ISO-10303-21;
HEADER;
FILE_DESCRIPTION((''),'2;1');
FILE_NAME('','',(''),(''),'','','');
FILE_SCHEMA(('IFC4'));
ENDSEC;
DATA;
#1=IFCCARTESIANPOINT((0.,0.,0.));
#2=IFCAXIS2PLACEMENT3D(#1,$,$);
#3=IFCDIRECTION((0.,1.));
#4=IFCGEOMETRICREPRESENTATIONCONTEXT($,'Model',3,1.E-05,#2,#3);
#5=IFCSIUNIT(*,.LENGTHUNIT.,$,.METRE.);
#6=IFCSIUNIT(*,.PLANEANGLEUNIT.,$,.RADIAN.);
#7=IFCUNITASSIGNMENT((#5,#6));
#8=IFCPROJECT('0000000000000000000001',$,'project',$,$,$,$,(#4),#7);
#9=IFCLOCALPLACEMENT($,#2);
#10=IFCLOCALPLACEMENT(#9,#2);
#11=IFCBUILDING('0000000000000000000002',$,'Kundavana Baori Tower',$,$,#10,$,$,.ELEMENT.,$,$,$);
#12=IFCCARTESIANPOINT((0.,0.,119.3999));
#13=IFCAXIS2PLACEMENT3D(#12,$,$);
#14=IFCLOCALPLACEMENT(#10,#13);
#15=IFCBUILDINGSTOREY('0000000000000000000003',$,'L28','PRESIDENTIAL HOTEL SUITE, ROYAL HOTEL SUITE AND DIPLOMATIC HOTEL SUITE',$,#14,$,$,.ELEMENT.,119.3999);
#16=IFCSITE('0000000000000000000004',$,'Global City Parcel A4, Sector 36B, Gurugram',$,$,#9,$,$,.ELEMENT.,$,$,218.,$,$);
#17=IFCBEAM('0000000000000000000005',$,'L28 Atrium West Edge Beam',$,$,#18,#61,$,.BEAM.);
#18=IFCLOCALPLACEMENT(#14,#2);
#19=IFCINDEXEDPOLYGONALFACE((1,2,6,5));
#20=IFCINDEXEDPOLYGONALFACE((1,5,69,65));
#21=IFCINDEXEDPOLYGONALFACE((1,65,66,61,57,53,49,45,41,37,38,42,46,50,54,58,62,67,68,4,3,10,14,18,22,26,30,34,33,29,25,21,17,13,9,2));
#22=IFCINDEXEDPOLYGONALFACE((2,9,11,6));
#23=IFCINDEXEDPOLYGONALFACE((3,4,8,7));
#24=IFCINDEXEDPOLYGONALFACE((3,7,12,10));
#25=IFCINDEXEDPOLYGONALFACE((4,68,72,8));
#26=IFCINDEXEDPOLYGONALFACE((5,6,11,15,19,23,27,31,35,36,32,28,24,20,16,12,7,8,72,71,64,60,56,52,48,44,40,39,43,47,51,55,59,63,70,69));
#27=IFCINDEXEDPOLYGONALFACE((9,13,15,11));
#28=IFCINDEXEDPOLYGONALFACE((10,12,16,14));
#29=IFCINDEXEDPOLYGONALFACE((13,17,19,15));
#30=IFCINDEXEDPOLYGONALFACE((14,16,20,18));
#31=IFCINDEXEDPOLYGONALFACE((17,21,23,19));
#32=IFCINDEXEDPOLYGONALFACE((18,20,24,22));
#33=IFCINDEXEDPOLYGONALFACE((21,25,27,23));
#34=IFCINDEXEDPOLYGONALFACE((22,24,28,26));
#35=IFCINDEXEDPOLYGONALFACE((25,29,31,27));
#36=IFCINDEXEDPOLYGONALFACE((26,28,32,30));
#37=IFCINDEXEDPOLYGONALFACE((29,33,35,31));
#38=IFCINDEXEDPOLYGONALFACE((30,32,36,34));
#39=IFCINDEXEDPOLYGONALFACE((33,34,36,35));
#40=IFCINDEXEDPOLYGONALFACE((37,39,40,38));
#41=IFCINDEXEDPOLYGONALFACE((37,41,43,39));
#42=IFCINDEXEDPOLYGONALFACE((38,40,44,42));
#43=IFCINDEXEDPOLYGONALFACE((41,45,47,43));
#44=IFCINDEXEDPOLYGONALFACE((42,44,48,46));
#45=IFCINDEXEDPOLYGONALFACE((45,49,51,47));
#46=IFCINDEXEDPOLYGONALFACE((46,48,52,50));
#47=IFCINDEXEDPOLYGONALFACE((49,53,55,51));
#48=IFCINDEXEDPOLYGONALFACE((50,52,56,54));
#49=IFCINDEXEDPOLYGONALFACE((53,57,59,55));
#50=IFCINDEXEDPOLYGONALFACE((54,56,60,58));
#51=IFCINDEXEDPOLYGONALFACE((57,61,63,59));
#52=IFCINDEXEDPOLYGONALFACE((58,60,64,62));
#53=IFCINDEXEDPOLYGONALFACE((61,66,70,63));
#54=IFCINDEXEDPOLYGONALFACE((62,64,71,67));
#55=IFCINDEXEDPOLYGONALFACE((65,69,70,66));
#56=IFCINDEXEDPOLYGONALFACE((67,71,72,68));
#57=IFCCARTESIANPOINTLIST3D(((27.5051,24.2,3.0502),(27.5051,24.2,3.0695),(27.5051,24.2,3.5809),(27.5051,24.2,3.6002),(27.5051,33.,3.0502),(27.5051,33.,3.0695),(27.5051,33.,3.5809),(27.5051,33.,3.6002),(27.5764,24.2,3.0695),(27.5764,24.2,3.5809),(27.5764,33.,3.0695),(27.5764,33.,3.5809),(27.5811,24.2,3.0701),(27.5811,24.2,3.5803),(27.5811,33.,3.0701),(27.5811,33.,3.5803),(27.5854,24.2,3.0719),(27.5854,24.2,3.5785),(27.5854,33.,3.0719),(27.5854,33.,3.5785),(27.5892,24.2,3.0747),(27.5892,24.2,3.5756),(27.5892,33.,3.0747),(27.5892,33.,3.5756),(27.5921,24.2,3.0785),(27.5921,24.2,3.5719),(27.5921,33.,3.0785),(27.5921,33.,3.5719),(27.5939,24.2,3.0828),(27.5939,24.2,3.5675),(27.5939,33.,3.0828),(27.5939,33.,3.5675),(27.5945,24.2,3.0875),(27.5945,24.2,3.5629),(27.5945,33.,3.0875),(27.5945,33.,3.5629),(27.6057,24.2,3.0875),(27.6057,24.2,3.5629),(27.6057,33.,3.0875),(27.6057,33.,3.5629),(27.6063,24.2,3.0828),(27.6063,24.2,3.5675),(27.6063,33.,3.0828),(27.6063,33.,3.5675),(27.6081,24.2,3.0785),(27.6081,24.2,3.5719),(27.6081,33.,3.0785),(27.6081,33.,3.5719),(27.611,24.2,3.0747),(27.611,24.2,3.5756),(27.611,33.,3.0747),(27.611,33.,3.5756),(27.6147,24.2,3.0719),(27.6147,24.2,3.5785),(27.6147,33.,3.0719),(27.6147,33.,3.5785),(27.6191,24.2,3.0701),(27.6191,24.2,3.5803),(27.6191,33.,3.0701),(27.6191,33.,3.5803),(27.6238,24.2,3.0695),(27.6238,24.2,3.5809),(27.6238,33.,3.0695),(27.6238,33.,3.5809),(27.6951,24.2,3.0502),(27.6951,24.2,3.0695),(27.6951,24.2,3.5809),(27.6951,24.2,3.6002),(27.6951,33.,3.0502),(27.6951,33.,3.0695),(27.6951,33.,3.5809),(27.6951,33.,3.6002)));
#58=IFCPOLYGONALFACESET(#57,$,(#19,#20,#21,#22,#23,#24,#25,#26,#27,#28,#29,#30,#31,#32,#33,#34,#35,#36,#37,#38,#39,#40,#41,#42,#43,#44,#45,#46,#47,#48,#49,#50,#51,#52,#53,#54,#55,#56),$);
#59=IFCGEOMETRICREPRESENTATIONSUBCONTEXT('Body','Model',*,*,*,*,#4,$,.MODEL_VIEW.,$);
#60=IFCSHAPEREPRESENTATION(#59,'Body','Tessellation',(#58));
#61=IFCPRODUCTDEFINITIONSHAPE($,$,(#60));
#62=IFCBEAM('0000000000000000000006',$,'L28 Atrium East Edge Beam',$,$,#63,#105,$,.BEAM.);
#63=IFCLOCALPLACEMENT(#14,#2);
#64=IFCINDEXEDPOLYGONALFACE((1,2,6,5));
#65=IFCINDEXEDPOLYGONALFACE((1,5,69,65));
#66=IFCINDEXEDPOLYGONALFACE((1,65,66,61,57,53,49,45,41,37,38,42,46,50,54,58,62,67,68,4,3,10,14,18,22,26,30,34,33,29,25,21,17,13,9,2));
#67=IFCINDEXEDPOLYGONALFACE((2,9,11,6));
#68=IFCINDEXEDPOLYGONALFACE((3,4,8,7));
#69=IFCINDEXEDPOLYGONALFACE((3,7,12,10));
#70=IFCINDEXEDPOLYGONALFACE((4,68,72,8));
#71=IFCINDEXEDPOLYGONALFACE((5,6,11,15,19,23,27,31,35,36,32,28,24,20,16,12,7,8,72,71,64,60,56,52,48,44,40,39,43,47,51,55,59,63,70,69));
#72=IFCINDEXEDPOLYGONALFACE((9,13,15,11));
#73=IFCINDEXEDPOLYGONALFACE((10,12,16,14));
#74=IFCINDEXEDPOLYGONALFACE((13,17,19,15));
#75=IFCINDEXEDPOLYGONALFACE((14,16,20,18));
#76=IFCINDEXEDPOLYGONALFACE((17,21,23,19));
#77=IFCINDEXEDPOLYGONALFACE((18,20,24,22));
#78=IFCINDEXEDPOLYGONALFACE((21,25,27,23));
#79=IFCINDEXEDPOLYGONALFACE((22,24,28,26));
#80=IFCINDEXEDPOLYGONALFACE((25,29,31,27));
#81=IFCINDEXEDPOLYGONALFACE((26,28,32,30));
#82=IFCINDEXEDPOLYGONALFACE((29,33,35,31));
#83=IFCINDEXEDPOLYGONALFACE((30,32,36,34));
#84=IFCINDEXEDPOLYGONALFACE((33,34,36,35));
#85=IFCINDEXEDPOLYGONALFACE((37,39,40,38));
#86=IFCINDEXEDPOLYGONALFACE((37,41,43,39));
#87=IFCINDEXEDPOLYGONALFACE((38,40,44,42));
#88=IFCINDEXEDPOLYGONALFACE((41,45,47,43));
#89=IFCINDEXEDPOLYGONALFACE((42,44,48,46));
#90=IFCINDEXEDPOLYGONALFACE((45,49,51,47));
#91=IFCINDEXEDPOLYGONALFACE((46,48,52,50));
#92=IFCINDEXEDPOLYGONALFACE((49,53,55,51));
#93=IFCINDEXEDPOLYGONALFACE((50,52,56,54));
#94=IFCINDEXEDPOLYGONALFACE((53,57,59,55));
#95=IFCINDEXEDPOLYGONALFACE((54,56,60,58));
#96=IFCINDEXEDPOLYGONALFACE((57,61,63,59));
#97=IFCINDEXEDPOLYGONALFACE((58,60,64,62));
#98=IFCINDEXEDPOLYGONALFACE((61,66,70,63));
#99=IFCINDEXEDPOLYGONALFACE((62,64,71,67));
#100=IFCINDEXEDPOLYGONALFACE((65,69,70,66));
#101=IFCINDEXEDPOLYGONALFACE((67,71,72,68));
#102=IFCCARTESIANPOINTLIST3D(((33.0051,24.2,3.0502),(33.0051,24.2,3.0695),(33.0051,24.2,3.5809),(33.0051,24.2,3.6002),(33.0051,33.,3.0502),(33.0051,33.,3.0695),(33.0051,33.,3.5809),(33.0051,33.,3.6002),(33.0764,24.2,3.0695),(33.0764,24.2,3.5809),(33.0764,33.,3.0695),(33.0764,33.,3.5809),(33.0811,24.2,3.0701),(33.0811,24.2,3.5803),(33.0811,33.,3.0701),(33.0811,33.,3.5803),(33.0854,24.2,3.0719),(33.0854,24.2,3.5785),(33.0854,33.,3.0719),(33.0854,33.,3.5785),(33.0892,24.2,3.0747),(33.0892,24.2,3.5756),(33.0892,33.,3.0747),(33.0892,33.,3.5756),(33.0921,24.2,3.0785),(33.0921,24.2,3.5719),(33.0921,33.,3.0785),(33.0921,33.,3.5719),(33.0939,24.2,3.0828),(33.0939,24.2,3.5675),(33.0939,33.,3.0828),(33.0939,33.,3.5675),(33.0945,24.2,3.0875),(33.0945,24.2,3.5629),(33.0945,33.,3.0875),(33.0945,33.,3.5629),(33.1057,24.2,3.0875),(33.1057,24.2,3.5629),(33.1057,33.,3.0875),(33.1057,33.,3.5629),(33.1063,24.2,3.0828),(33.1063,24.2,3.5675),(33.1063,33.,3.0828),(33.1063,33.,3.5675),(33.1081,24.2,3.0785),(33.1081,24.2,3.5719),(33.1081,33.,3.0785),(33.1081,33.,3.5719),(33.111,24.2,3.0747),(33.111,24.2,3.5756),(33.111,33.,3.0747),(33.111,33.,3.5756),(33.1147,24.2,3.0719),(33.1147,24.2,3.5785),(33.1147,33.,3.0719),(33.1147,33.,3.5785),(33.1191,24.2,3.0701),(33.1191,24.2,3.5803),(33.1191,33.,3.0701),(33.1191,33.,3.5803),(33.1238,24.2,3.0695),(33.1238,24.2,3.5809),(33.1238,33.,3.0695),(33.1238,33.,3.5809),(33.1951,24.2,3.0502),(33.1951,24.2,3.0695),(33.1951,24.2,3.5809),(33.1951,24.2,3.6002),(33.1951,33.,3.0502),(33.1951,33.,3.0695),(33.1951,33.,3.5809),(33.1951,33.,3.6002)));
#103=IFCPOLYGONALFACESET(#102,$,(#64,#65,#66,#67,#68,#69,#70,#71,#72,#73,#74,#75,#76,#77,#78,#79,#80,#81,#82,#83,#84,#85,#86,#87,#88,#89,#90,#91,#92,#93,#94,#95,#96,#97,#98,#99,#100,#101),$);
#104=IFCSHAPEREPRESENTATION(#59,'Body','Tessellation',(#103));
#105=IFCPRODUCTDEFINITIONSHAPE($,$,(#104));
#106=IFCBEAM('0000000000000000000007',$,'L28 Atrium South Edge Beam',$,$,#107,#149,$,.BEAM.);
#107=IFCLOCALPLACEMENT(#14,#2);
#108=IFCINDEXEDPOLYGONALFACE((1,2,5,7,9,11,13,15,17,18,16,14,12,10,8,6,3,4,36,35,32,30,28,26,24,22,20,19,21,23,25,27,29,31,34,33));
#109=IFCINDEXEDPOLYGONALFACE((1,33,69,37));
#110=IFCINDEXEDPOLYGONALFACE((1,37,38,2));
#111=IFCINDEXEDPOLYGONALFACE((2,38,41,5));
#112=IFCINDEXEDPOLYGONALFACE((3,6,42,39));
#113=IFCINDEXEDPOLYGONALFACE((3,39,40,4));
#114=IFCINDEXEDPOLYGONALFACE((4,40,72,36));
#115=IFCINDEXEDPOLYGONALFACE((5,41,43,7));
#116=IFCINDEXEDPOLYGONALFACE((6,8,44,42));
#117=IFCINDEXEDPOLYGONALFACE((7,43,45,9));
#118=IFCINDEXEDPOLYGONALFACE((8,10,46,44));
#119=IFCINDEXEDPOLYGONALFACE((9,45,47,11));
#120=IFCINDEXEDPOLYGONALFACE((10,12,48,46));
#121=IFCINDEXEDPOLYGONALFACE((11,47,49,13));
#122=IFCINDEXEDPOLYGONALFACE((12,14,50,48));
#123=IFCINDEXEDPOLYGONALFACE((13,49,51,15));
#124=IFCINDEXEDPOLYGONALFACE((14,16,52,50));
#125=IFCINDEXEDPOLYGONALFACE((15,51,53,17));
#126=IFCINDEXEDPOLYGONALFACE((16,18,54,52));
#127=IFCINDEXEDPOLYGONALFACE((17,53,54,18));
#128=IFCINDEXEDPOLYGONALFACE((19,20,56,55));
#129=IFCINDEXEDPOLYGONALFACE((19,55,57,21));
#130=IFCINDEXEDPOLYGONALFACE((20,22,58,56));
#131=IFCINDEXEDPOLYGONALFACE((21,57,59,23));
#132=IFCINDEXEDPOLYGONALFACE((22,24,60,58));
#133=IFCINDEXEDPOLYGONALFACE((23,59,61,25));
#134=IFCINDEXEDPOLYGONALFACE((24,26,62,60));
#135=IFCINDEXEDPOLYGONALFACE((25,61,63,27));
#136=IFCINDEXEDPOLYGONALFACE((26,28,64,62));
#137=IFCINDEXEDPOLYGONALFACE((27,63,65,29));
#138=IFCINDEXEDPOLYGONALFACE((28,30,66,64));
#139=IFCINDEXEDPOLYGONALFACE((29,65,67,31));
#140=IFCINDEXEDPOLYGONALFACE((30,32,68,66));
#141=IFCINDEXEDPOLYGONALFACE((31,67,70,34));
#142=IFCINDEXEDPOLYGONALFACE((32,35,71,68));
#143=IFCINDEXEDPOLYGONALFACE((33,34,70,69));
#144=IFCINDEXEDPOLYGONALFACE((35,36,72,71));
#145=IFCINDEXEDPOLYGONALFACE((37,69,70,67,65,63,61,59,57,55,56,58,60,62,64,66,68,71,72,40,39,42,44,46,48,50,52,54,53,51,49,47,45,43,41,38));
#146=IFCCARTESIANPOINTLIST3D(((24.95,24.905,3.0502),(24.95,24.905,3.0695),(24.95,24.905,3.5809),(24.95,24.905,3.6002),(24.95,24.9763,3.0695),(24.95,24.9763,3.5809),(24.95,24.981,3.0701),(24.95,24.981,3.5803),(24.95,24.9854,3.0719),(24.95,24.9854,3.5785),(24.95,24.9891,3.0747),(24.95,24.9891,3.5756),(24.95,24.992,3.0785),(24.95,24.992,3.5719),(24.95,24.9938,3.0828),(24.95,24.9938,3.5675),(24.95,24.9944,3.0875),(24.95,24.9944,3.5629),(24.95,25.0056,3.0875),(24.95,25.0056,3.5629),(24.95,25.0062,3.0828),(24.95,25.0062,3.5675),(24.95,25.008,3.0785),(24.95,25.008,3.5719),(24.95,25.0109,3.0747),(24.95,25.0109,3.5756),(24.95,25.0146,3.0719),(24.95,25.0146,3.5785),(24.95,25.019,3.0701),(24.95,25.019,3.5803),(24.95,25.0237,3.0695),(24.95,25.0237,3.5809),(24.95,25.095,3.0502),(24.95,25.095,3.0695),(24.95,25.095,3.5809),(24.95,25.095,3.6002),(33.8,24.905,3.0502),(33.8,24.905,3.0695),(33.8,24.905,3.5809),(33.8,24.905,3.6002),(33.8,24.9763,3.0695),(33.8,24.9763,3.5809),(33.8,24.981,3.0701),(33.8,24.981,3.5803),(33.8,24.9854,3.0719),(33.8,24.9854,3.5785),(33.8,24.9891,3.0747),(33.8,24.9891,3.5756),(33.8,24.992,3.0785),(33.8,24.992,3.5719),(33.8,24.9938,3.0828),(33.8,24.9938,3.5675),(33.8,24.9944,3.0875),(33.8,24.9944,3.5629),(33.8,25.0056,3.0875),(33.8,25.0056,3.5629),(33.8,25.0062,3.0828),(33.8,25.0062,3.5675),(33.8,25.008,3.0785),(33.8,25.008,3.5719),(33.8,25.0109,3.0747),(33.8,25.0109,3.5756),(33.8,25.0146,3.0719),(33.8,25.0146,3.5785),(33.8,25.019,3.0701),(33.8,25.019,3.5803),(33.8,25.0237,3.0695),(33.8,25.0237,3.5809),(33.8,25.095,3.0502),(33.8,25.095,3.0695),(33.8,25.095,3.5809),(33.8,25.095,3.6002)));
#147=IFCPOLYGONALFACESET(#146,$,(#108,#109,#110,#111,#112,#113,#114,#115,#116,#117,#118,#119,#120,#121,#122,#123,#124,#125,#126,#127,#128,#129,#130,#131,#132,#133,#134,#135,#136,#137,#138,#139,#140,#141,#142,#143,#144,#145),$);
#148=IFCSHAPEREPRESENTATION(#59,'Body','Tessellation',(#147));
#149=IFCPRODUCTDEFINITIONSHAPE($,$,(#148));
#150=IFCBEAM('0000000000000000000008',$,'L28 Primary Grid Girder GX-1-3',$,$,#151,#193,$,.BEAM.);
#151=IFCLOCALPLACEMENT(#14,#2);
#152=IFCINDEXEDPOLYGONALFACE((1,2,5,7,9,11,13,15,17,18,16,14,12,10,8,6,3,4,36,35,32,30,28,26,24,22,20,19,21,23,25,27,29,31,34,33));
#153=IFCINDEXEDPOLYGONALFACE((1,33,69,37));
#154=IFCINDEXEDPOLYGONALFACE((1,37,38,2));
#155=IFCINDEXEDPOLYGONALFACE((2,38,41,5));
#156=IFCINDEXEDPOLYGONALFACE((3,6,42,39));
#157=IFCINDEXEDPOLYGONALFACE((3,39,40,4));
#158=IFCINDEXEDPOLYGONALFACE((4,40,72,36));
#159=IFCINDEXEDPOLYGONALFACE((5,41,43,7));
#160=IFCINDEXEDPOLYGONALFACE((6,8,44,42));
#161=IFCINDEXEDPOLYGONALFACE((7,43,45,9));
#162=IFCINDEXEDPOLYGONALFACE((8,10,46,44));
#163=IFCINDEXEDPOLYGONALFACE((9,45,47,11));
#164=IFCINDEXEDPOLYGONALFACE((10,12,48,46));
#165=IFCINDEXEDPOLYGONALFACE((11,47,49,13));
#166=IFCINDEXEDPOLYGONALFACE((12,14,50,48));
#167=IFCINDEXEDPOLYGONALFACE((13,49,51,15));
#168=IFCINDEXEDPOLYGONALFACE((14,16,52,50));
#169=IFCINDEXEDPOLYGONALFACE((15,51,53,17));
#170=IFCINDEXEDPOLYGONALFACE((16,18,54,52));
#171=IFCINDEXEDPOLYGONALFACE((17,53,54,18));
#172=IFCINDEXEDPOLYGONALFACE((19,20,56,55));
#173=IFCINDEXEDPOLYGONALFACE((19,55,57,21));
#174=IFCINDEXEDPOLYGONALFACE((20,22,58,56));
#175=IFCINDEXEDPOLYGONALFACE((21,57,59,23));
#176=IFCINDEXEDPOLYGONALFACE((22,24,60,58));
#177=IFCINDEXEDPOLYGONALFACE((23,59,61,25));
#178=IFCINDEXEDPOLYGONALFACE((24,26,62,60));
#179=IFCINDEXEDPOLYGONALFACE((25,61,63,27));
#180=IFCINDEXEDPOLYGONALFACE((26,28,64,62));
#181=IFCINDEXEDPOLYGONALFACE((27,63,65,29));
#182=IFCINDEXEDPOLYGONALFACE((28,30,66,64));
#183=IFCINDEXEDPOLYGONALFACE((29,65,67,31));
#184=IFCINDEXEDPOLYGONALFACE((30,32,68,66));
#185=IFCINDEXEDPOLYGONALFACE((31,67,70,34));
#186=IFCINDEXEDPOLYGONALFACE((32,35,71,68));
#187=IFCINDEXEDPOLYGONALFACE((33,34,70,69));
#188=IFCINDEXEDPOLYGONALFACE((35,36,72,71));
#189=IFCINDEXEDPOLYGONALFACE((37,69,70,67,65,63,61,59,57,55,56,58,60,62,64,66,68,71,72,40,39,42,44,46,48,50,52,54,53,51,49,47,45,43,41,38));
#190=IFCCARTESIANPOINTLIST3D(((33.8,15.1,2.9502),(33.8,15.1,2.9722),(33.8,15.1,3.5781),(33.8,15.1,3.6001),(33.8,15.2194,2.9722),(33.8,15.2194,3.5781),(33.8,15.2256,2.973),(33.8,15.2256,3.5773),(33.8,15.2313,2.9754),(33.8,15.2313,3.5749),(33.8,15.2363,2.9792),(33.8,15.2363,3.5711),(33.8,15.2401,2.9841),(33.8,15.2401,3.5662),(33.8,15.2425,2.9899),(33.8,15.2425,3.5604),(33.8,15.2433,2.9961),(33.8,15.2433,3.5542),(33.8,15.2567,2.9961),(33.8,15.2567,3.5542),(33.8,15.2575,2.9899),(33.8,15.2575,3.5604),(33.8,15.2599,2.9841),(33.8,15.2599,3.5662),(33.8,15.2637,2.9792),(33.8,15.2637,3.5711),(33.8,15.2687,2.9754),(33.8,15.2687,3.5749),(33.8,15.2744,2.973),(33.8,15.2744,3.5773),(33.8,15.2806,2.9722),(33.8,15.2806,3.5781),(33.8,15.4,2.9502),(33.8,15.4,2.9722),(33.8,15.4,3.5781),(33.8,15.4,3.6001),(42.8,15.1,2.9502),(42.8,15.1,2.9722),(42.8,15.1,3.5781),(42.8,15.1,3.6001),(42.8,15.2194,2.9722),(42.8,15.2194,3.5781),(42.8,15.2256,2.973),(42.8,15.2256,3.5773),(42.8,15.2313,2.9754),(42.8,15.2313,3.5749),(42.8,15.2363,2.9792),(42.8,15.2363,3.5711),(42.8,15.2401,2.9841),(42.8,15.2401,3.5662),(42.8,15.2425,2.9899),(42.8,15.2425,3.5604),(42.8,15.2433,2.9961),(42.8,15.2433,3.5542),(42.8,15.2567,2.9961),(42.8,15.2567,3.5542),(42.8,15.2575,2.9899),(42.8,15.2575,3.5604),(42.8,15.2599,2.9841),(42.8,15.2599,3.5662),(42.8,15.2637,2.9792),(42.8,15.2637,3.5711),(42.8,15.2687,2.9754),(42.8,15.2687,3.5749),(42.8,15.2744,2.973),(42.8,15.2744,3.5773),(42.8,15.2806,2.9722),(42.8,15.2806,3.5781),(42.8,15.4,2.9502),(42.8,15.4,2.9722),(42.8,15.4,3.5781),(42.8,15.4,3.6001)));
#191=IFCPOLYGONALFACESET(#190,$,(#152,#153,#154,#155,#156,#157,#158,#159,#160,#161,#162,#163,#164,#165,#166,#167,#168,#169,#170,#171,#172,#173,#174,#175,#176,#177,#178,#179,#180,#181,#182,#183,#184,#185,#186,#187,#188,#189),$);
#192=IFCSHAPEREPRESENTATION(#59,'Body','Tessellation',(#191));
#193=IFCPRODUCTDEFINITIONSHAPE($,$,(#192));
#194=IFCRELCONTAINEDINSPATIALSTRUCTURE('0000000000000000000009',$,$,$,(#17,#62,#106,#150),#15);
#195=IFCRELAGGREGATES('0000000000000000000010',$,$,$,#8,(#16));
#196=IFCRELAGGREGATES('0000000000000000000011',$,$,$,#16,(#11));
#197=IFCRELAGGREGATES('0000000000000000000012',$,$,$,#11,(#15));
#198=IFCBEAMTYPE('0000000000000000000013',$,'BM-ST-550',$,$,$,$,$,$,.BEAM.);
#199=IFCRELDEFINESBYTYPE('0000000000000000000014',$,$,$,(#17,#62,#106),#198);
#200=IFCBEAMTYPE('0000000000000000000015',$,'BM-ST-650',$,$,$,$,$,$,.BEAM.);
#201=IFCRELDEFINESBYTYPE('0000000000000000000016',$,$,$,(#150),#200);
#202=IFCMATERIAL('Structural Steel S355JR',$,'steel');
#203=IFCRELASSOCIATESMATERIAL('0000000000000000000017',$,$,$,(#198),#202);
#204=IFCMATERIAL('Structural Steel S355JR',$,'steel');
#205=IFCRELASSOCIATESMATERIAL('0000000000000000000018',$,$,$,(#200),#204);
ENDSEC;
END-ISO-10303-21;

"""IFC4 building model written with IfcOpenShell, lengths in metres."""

from ifc_helpers import new_model, si_unit, direction, frame, origin, origin_2d, place, context, subcontext, project, spatial, i_section, extrude, material, material_profile, profile_set, type_object, element, save


model = new_model("IFC4")

# Units and contexts
model_context = context("Model", 3, precision=1e-05, world=origin(), true_north=direction((0.0, 1.0)))
body_context = subcontext(model_context, "Body", "Model", "MODEL_VIEW")
ifc_project = project(units=[si_unit("LENGTHUNIT", "METRE"), si_unit("PLANEANGLEUNIT", "RADIAN")], contexts=[model_context])

# Site, building, storey
site_placement = place(None, origin())
site = spatial("IfcSite", under=ifc_project, at=site_placement, Name="Global City Parcel A4, Sector 36B, Gurugram", CompositionType="ELEMENT", RefElevation=218.0)
building_placement = place(site_placement, origin())
building = spatial("IfcBuilding", under=site, at=building_placement, Name="Kundavana Baori Tower", CompositionType="ELEMENT")
storey_placement = place(building_placement, frame((0.0, 0.0, 119.3999)))
storey = spatial("IfcBuildingStorey", under=building, at=storey_placement, Name="L28", Description="PRESIDENTIAL HOTEL SUITE, ROYAL HOTEL SUITE AND DIPLOMATIC HOTEL SUITE", CompositionType="ELEMENT", Elevation=119.3999)

# Beams
ifc_material_1 = material(Name="Structural Steel S355JR", Category="steel")
ifc_material_profile_1 = material_profile(ifc_material_1, i_section(OverallWidth=0.1899, OverallDepth=0.55, WebThickness=0.0112, FlangeThickness=0.0193, FilletRadius=0.0181, at=origin_2d()), Name="ISMB 550")
ifc_profile_set_1 = profile_set([ifc_material_profile_1], Name="Structural Steel S355JR")
beam_type_1 = type_object("IfcBeamType", Name="BM-ST-550", PredefinedType="BEAM", material=ifc_profile_set_1)
for number, where, z_axis, x_axis, name in (
    (1, (27.6001, 24.2, 3.3252), (0.0, 1.0, 0.0), (-1.0, 0.0, 0.0), "L28 Atrium West Edge Beam"),
    (2, (33.1001, 24.2, 3.3252), (0.0, 1.0, 0.0), (-1.0, 0.0, 0.0), "L28 Atrium East Edge Beam"),
):
    element("IfcBeam", number, at=place(storey_placement, frame(where, z_axis=z_axis, x_axis=x_axis)), inside=storey, type_object=beam_type_1, Name=name, PredefinedType="BEAM", context=body_context, shape_type="SweptSolid", body=[
        extrude(i_section(OverallWidth=0.1899, OverallDepth=0.55, WebThickness=0.0112, FlangeThickness=0.0193, FilletRadius=0.0181, at=origin_2d()), origin(), (0.0, 0.0, 1.0), 8.8),
    ])
beam_1_placement = place(storey_placement, frame((24.95, 25.0, 3.3252), z_axis=(1.0, 0.0, 0.0), x_axis=(0.0, 1.0, 0.0)))
element("IfcBeam", 3, at=beam_1_placement, inside=storey, type_object=beam_type_1, Name="L28 Atrium South Edge Beam", PredefinedType="BEAM", context=body_context, shape_type="SweptSolid", body=[
    extrude(i_section(OverallWidth=0.1899, OverallDepth=0.55, WebThickness=0.0112, FlangeThickness=0.0193, FilletRadius=0.0181, at=origin_2d()), origin(), (0.0, 0.0, 1.0), 8.8501),
])
ifc_material_2 = material(Name="Structural Steel S355JR", Category="steel")
ifc_material_profile_2 = material_profile(ifc_material_2, i_section(OverallWidth=0.3, OverallDepth=0.6499, WebThickness=0.0134, FlangeThickness=0.022, FilletRadius=0.0239, at=origin_2d()), Name="NPB 650x300x155")
ifc_profile_set_2 = profile_set([ifc_material_profile_2], Name="Structural Steel S355JR")
beam_type_2 = type_object("IfcBeamType", Name="BM-ST-650", PredefinedType="BEAM", material=ifc_profile_set_2)
for number, where, z_axis, x_axis, name in (
    (4, (33.8, 15.25, 3.2751), (1.0, 0.0, 0.0), (0.0, 1.0, 0.0), "L28 Primary Grid Girder GX-1-3"),
):
    element("IfcBeam", number, at=place(storey_placement, frame(where, z_axis=z_axis, x_axis=x_axis)), inside=storey, type_object=beam_type_2, Name=name, PredefinedType="BEAM", context=body_context, shape_type="SweptSolid", body=[
        extrude(i_section(OverallWidth=0.3, OverallDepth=0.6499, WebThickness=0.0134, FlangeThickness=0.022, FilletRadius=0.0239, at=origin_2d()), origin(), (0.0, 0.0, 1.0), 9.0),
    ])

save(model, "model.ifc")
